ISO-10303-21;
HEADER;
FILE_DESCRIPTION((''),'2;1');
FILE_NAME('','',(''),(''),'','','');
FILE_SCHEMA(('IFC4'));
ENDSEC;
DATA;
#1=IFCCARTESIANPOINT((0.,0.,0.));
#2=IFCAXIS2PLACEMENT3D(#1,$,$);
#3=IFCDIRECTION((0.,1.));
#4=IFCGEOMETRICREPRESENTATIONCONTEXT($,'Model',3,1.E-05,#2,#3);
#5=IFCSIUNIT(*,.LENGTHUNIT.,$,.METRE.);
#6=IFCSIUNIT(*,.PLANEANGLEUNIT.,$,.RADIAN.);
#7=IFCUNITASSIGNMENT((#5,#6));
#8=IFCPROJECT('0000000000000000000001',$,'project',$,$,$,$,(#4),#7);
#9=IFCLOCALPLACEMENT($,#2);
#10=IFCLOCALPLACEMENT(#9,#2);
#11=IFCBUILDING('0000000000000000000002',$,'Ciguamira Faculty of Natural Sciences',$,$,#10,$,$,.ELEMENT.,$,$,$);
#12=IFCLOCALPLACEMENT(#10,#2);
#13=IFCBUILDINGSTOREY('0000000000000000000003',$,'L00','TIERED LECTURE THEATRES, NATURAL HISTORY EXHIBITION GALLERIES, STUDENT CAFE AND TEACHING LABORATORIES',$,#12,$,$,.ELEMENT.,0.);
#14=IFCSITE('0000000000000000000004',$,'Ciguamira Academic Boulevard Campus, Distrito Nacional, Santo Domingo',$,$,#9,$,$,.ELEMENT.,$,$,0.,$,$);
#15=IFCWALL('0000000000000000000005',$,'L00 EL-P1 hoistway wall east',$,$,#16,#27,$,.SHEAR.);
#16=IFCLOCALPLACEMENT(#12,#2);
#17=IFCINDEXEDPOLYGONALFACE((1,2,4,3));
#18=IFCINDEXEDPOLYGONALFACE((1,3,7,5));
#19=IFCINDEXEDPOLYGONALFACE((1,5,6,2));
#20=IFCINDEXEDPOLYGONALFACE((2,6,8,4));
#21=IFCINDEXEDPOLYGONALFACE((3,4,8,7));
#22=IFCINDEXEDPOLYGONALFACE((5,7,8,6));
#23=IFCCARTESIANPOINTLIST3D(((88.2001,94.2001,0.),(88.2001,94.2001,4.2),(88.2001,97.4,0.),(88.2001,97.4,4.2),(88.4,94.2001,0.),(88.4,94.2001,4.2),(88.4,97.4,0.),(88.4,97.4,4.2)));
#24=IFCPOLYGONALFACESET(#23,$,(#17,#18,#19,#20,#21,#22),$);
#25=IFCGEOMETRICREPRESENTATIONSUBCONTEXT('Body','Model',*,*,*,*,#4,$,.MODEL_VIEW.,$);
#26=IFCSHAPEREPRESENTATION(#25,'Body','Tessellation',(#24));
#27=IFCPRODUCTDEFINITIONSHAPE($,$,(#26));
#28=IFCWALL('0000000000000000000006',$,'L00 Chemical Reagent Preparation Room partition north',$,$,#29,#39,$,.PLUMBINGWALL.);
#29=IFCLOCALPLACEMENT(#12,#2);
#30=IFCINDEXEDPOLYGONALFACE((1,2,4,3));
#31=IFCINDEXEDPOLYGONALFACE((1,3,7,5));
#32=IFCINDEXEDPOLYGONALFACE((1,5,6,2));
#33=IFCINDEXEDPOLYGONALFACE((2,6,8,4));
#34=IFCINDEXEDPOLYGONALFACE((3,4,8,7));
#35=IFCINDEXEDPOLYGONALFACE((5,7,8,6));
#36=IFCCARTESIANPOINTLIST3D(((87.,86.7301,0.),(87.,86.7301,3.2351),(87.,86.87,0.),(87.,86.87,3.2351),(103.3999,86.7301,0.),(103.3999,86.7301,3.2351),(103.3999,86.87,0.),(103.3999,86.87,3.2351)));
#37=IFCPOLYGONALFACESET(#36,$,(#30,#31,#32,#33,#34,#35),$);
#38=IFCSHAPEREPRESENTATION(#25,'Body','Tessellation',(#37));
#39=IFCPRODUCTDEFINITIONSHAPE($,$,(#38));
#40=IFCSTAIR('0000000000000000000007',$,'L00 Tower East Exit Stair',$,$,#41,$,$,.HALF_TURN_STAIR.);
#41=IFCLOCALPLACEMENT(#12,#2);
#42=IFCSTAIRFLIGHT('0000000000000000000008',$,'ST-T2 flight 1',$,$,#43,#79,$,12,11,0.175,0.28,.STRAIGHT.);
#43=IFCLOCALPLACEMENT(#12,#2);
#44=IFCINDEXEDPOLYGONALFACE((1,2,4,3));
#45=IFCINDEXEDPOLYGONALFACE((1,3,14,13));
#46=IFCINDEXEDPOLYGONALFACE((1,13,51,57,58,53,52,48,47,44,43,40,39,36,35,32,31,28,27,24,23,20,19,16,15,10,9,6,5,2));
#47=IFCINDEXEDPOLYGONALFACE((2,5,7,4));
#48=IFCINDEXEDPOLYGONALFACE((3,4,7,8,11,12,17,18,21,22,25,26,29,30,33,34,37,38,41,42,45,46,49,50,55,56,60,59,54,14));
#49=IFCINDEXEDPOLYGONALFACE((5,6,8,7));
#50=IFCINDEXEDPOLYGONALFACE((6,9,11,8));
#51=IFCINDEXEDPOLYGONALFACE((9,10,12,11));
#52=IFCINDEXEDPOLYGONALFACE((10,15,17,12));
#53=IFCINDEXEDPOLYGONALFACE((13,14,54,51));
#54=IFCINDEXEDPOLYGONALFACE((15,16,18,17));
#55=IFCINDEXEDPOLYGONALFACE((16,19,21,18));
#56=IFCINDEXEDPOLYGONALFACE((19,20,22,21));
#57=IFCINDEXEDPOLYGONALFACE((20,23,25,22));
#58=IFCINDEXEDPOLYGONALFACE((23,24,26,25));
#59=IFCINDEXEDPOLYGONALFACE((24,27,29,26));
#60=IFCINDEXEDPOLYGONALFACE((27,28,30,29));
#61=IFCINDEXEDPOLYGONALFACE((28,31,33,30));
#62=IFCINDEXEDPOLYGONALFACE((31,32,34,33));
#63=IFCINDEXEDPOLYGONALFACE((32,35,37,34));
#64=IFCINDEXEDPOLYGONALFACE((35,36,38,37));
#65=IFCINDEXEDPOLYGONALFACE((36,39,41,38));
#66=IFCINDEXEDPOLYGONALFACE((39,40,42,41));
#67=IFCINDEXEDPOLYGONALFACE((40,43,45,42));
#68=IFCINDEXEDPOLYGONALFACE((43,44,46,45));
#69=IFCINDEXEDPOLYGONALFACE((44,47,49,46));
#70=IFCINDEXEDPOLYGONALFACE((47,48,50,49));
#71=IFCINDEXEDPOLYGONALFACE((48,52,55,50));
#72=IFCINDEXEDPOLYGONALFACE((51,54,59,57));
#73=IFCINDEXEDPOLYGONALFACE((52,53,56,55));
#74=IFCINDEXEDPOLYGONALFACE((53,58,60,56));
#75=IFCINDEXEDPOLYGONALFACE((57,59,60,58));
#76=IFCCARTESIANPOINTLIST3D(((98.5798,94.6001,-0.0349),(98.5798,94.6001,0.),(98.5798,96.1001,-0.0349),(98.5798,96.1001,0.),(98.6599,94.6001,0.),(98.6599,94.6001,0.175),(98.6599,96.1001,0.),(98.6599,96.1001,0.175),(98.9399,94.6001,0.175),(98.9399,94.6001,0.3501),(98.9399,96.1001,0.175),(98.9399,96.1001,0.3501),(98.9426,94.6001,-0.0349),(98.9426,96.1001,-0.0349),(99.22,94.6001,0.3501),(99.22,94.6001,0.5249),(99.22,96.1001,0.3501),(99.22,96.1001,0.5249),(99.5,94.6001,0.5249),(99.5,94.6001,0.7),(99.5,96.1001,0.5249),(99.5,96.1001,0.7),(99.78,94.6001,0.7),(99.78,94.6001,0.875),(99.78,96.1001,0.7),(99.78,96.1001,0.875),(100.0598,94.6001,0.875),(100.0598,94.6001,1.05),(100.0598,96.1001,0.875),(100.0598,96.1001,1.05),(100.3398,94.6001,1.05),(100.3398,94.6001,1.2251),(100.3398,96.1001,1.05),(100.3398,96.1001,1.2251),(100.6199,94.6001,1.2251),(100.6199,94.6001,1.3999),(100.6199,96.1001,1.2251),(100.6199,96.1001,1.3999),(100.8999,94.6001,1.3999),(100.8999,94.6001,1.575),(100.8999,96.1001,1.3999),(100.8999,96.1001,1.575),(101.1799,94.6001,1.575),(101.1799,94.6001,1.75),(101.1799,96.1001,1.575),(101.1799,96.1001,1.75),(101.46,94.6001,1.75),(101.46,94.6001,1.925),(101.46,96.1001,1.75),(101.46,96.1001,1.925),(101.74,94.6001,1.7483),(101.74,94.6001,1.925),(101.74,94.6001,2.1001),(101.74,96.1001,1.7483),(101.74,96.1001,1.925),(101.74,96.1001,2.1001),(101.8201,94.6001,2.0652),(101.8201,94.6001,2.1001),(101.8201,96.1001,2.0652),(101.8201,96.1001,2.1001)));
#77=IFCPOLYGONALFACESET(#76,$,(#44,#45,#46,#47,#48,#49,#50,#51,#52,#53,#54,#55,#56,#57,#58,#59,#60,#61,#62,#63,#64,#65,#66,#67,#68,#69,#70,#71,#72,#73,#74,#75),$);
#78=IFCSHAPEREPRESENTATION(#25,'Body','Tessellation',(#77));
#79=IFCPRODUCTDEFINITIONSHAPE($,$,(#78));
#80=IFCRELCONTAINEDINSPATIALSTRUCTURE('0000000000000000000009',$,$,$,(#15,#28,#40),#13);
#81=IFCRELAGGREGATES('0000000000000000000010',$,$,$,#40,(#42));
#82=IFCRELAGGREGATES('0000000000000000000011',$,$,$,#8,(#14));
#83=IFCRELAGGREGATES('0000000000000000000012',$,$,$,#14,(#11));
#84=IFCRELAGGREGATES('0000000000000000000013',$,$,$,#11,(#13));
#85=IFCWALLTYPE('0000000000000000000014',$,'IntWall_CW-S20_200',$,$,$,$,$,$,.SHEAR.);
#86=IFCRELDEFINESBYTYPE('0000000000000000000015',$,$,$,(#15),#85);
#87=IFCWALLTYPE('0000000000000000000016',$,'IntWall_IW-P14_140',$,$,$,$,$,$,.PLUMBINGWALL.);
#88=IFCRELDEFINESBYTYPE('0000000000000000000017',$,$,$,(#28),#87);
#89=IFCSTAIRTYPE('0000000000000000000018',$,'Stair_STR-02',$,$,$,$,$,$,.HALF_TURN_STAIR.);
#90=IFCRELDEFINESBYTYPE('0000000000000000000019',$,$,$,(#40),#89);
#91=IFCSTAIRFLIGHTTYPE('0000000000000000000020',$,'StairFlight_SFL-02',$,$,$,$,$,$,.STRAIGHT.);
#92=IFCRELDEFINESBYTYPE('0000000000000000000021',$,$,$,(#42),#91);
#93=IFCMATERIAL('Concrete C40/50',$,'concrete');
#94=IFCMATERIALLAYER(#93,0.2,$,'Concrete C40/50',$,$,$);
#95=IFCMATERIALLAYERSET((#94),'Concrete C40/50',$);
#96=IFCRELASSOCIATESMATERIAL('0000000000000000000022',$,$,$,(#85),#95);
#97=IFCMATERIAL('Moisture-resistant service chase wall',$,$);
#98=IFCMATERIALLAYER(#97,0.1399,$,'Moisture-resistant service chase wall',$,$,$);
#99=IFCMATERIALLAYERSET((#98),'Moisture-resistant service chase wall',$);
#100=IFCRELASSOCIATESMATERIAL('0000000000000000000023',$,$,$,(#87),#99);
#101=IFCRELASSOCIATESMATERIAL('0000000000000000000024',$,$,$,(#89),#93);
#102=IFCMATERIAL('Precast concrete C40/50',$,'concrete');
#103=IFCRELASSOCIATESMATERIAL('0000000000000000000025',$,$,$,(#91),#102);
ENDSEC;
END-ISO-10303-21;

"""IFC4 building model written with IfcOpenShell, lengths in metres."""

from ifc_helpers import new_model, si_unit, direction, frame, frame_2d, origin, place, context, subcontext, project, spatial, polyline, rectangle, outline, extrude, material, layer, layer_set, type_object, element, aggregate, save


model = new_model("IFC4")

# Units and contexts
model_context = context("Model", 3, precision=1e-05, world=origin(), true_north=direction((0.0, 1.0)))
body_context = subcontext(model_context, "Body", "Model", "MODEL_VIEW")
ifc_project = project(units=[si_unit("LENGTHUNIT", "METRE"), si_unit("PLANEANGLEUNIT", "RADIAN")], contexts=[model_context])

# Site, building, storey
site_placement = place(None, origin())
site = spatial("IfcSite", under=ifc_project, at=site_placement, Name="Ciguamira Academic Boulevard Campus, Distrito Nacional, Santo Domingo", CompositionType="ELEMENT", RefElevation=0.0)
building_placement = place(site_placement, origin())
building = spatial("IfcBuilding", under=site, at=building_placement, Name="Ciguamira Faculty of Natural Sciences", CompositionType="ELEMENT")
storey_placement = place(building_placement, origin())
storey = spatial("IfcBuildingStorey", under=building, at=storey_placement, Name="L00", Description="TIERED LECTURE THEATRES, NATURAL HISTORY EXHIBITION GALLERIES, STUDENT CAFE AND TEACHING LABORATORIES", CompositionType="ELEMENT", Elevation=0.0)

# Shared definitions
ifc_material_1 = material(Name="Concrete C40/50", Category="concrete")

# Walls
ifc_layer_1 = layer(ifc_material_1, 0.2, Name="Concrete C40/50")
ifc_layer_set_1 = layer_set([ifc_layer_1], Name="Concrete C40/50")
wall_type_1 = type_object("IfcWallType", Name="IntWall_CW-S20_200", PredefinedType="SHEAR", material=ifc_layer_set_1)
for number, where, z_axis, x_axis, name in (
    (1, (88.3, 94.2, 0.0), (0.0, 0.0, 1.0), (0.0, 1.0, 0.0), "L00 EL-P1 hoistway wall east"),
):
    element("IfcWall", number, at=place(storey_placement, frame(where, z_axis=z_axis, x_axis=x_axis)), inside=storey, type_object=wall_type_1, Name=name, PredefinedType="SHEAR", context=body_context, shape_type="SweptSolid", body=[
        extrude(rectangle(XDim=3.2, YDim=0.2, at=frame_2d((1.6001, 0.0))), origin(), (0.0, 0.0, 1.0), 4.2),
    ])
ifc_material_2 = material(Name="Moisture-resistant service chase wall")
ifc_layer_2 = layer(ifc_material_2, 0.1399, Name="Moisture-resistant service chase wall")
ifc_layer_set_2 = layer_set([ifc_layer_2], Name="Moisture-resistant service chase wall")
wall_type_2 = type_object("IfcWallType", Name="IntWall_IW-P14_140", PredefinedType="PLUMBINGWALL", material=ifc_layer_set_2)
wall_1_placement = place(storey_placement, frame((87.0, 86.8, 0.0), z_axis=(0.0, 0.0, 1.0), x_axis=(1.0, 0.0, 0.0)))
element("IfcWall", 2, at=wall_1_placement, inside=storey, type_object=wall_type_2, Name="L00 Chemical Reagent Preparation Room partition north", PredefinedType="PLUMBINGWALL", context=body_context, shape_type="SweptSolid", body=[
    extrude(rectangle(XDim=16.3999, YDim=0.1399, at=frame_2d((8.2, 0.0))), origin(), (0.0, 0.0, 1.0), 3.2351),
])

# Stair, stair flight
stair_type = type_object("IfcStairType", Name="Stair_STR-02", PredefinedType="HALF_TURN_STAIR", material=ifc_material_1)
stair_placement = place(storey_placement, origin())
stair = element("IfcStair", 3, at=stair_placement, inside=storey, type_object=stair_type, Name="L00 Tower East Exit Stair", PredefinedType="HALF_TURN_STAIR")
ifc_material_3 = material(Name="Precast concrete C40/50", Category="concrete")
stair_flight_type = type_object("IfcStairFlightType", Name="StairFlight_SFL-02", PredefinedType="STRAIGHT", material=ifc_material_3)
stair_flight_placement = place(storey_placement, frame((98.6599, 95.3501, 0.0), z_axis=(0.0, 0.0, 1.0), x_axis=(1.0, 0.0, 0.0)))
stair_flight = element("IfcStairFlight", 4, at=stair_flight_placement, type_object=stair_flight_type, Name="ST-T2 flight 1", NumberOfRisers=12, NumberOfTreads=11, PredefinedType="STRAIGHT", RiserHeight=0.175, TreadLength=0.28, context=body_context, shape_type="SweptSolid", body=[
    extrude(outline(polyline([(-0.0801, -0.0349), (-0.0801, 0.0), (0.0, 0.0), (0.0, 0.175), (0.28, 0.175), (0.28, 0.3501), (0.5601, 0.3501), (0.5601, 0.5249), (0.8401, 0.5249), (0.8401, 0.7), (1.1201, 0.7), (1.1201, 0.875), (1.3999, 0.875), (1.3999, 1.05), (1.6799, 1.05), (1.6799, 1.2251), (1.96, 1.2251), (1.96, 1.3999), (2.24, 1.3999), (2.24, 1.575), (2.52, 1.575), (2.52, 1.75), (2.8, 1.75), (2.8, 1.925), (3.0801, 1.925), (3.0801, 2.1001), (3.1602, 2.1001), (3.1602, 2.0652), (3.0801, 1.7483), (0.2827, -0.0349), (-0.0801, -0.0349)])), frame((0.0, 0.75, 0.0), z_axis=(0.0, -1.0, 0.0), x_axis=(1.0, 0.0, 0.0)), (0.0, 0.0, 1.0), 1.5),
])
aggregate(stair, [stair_flight])

save(model, "model.ifc")
